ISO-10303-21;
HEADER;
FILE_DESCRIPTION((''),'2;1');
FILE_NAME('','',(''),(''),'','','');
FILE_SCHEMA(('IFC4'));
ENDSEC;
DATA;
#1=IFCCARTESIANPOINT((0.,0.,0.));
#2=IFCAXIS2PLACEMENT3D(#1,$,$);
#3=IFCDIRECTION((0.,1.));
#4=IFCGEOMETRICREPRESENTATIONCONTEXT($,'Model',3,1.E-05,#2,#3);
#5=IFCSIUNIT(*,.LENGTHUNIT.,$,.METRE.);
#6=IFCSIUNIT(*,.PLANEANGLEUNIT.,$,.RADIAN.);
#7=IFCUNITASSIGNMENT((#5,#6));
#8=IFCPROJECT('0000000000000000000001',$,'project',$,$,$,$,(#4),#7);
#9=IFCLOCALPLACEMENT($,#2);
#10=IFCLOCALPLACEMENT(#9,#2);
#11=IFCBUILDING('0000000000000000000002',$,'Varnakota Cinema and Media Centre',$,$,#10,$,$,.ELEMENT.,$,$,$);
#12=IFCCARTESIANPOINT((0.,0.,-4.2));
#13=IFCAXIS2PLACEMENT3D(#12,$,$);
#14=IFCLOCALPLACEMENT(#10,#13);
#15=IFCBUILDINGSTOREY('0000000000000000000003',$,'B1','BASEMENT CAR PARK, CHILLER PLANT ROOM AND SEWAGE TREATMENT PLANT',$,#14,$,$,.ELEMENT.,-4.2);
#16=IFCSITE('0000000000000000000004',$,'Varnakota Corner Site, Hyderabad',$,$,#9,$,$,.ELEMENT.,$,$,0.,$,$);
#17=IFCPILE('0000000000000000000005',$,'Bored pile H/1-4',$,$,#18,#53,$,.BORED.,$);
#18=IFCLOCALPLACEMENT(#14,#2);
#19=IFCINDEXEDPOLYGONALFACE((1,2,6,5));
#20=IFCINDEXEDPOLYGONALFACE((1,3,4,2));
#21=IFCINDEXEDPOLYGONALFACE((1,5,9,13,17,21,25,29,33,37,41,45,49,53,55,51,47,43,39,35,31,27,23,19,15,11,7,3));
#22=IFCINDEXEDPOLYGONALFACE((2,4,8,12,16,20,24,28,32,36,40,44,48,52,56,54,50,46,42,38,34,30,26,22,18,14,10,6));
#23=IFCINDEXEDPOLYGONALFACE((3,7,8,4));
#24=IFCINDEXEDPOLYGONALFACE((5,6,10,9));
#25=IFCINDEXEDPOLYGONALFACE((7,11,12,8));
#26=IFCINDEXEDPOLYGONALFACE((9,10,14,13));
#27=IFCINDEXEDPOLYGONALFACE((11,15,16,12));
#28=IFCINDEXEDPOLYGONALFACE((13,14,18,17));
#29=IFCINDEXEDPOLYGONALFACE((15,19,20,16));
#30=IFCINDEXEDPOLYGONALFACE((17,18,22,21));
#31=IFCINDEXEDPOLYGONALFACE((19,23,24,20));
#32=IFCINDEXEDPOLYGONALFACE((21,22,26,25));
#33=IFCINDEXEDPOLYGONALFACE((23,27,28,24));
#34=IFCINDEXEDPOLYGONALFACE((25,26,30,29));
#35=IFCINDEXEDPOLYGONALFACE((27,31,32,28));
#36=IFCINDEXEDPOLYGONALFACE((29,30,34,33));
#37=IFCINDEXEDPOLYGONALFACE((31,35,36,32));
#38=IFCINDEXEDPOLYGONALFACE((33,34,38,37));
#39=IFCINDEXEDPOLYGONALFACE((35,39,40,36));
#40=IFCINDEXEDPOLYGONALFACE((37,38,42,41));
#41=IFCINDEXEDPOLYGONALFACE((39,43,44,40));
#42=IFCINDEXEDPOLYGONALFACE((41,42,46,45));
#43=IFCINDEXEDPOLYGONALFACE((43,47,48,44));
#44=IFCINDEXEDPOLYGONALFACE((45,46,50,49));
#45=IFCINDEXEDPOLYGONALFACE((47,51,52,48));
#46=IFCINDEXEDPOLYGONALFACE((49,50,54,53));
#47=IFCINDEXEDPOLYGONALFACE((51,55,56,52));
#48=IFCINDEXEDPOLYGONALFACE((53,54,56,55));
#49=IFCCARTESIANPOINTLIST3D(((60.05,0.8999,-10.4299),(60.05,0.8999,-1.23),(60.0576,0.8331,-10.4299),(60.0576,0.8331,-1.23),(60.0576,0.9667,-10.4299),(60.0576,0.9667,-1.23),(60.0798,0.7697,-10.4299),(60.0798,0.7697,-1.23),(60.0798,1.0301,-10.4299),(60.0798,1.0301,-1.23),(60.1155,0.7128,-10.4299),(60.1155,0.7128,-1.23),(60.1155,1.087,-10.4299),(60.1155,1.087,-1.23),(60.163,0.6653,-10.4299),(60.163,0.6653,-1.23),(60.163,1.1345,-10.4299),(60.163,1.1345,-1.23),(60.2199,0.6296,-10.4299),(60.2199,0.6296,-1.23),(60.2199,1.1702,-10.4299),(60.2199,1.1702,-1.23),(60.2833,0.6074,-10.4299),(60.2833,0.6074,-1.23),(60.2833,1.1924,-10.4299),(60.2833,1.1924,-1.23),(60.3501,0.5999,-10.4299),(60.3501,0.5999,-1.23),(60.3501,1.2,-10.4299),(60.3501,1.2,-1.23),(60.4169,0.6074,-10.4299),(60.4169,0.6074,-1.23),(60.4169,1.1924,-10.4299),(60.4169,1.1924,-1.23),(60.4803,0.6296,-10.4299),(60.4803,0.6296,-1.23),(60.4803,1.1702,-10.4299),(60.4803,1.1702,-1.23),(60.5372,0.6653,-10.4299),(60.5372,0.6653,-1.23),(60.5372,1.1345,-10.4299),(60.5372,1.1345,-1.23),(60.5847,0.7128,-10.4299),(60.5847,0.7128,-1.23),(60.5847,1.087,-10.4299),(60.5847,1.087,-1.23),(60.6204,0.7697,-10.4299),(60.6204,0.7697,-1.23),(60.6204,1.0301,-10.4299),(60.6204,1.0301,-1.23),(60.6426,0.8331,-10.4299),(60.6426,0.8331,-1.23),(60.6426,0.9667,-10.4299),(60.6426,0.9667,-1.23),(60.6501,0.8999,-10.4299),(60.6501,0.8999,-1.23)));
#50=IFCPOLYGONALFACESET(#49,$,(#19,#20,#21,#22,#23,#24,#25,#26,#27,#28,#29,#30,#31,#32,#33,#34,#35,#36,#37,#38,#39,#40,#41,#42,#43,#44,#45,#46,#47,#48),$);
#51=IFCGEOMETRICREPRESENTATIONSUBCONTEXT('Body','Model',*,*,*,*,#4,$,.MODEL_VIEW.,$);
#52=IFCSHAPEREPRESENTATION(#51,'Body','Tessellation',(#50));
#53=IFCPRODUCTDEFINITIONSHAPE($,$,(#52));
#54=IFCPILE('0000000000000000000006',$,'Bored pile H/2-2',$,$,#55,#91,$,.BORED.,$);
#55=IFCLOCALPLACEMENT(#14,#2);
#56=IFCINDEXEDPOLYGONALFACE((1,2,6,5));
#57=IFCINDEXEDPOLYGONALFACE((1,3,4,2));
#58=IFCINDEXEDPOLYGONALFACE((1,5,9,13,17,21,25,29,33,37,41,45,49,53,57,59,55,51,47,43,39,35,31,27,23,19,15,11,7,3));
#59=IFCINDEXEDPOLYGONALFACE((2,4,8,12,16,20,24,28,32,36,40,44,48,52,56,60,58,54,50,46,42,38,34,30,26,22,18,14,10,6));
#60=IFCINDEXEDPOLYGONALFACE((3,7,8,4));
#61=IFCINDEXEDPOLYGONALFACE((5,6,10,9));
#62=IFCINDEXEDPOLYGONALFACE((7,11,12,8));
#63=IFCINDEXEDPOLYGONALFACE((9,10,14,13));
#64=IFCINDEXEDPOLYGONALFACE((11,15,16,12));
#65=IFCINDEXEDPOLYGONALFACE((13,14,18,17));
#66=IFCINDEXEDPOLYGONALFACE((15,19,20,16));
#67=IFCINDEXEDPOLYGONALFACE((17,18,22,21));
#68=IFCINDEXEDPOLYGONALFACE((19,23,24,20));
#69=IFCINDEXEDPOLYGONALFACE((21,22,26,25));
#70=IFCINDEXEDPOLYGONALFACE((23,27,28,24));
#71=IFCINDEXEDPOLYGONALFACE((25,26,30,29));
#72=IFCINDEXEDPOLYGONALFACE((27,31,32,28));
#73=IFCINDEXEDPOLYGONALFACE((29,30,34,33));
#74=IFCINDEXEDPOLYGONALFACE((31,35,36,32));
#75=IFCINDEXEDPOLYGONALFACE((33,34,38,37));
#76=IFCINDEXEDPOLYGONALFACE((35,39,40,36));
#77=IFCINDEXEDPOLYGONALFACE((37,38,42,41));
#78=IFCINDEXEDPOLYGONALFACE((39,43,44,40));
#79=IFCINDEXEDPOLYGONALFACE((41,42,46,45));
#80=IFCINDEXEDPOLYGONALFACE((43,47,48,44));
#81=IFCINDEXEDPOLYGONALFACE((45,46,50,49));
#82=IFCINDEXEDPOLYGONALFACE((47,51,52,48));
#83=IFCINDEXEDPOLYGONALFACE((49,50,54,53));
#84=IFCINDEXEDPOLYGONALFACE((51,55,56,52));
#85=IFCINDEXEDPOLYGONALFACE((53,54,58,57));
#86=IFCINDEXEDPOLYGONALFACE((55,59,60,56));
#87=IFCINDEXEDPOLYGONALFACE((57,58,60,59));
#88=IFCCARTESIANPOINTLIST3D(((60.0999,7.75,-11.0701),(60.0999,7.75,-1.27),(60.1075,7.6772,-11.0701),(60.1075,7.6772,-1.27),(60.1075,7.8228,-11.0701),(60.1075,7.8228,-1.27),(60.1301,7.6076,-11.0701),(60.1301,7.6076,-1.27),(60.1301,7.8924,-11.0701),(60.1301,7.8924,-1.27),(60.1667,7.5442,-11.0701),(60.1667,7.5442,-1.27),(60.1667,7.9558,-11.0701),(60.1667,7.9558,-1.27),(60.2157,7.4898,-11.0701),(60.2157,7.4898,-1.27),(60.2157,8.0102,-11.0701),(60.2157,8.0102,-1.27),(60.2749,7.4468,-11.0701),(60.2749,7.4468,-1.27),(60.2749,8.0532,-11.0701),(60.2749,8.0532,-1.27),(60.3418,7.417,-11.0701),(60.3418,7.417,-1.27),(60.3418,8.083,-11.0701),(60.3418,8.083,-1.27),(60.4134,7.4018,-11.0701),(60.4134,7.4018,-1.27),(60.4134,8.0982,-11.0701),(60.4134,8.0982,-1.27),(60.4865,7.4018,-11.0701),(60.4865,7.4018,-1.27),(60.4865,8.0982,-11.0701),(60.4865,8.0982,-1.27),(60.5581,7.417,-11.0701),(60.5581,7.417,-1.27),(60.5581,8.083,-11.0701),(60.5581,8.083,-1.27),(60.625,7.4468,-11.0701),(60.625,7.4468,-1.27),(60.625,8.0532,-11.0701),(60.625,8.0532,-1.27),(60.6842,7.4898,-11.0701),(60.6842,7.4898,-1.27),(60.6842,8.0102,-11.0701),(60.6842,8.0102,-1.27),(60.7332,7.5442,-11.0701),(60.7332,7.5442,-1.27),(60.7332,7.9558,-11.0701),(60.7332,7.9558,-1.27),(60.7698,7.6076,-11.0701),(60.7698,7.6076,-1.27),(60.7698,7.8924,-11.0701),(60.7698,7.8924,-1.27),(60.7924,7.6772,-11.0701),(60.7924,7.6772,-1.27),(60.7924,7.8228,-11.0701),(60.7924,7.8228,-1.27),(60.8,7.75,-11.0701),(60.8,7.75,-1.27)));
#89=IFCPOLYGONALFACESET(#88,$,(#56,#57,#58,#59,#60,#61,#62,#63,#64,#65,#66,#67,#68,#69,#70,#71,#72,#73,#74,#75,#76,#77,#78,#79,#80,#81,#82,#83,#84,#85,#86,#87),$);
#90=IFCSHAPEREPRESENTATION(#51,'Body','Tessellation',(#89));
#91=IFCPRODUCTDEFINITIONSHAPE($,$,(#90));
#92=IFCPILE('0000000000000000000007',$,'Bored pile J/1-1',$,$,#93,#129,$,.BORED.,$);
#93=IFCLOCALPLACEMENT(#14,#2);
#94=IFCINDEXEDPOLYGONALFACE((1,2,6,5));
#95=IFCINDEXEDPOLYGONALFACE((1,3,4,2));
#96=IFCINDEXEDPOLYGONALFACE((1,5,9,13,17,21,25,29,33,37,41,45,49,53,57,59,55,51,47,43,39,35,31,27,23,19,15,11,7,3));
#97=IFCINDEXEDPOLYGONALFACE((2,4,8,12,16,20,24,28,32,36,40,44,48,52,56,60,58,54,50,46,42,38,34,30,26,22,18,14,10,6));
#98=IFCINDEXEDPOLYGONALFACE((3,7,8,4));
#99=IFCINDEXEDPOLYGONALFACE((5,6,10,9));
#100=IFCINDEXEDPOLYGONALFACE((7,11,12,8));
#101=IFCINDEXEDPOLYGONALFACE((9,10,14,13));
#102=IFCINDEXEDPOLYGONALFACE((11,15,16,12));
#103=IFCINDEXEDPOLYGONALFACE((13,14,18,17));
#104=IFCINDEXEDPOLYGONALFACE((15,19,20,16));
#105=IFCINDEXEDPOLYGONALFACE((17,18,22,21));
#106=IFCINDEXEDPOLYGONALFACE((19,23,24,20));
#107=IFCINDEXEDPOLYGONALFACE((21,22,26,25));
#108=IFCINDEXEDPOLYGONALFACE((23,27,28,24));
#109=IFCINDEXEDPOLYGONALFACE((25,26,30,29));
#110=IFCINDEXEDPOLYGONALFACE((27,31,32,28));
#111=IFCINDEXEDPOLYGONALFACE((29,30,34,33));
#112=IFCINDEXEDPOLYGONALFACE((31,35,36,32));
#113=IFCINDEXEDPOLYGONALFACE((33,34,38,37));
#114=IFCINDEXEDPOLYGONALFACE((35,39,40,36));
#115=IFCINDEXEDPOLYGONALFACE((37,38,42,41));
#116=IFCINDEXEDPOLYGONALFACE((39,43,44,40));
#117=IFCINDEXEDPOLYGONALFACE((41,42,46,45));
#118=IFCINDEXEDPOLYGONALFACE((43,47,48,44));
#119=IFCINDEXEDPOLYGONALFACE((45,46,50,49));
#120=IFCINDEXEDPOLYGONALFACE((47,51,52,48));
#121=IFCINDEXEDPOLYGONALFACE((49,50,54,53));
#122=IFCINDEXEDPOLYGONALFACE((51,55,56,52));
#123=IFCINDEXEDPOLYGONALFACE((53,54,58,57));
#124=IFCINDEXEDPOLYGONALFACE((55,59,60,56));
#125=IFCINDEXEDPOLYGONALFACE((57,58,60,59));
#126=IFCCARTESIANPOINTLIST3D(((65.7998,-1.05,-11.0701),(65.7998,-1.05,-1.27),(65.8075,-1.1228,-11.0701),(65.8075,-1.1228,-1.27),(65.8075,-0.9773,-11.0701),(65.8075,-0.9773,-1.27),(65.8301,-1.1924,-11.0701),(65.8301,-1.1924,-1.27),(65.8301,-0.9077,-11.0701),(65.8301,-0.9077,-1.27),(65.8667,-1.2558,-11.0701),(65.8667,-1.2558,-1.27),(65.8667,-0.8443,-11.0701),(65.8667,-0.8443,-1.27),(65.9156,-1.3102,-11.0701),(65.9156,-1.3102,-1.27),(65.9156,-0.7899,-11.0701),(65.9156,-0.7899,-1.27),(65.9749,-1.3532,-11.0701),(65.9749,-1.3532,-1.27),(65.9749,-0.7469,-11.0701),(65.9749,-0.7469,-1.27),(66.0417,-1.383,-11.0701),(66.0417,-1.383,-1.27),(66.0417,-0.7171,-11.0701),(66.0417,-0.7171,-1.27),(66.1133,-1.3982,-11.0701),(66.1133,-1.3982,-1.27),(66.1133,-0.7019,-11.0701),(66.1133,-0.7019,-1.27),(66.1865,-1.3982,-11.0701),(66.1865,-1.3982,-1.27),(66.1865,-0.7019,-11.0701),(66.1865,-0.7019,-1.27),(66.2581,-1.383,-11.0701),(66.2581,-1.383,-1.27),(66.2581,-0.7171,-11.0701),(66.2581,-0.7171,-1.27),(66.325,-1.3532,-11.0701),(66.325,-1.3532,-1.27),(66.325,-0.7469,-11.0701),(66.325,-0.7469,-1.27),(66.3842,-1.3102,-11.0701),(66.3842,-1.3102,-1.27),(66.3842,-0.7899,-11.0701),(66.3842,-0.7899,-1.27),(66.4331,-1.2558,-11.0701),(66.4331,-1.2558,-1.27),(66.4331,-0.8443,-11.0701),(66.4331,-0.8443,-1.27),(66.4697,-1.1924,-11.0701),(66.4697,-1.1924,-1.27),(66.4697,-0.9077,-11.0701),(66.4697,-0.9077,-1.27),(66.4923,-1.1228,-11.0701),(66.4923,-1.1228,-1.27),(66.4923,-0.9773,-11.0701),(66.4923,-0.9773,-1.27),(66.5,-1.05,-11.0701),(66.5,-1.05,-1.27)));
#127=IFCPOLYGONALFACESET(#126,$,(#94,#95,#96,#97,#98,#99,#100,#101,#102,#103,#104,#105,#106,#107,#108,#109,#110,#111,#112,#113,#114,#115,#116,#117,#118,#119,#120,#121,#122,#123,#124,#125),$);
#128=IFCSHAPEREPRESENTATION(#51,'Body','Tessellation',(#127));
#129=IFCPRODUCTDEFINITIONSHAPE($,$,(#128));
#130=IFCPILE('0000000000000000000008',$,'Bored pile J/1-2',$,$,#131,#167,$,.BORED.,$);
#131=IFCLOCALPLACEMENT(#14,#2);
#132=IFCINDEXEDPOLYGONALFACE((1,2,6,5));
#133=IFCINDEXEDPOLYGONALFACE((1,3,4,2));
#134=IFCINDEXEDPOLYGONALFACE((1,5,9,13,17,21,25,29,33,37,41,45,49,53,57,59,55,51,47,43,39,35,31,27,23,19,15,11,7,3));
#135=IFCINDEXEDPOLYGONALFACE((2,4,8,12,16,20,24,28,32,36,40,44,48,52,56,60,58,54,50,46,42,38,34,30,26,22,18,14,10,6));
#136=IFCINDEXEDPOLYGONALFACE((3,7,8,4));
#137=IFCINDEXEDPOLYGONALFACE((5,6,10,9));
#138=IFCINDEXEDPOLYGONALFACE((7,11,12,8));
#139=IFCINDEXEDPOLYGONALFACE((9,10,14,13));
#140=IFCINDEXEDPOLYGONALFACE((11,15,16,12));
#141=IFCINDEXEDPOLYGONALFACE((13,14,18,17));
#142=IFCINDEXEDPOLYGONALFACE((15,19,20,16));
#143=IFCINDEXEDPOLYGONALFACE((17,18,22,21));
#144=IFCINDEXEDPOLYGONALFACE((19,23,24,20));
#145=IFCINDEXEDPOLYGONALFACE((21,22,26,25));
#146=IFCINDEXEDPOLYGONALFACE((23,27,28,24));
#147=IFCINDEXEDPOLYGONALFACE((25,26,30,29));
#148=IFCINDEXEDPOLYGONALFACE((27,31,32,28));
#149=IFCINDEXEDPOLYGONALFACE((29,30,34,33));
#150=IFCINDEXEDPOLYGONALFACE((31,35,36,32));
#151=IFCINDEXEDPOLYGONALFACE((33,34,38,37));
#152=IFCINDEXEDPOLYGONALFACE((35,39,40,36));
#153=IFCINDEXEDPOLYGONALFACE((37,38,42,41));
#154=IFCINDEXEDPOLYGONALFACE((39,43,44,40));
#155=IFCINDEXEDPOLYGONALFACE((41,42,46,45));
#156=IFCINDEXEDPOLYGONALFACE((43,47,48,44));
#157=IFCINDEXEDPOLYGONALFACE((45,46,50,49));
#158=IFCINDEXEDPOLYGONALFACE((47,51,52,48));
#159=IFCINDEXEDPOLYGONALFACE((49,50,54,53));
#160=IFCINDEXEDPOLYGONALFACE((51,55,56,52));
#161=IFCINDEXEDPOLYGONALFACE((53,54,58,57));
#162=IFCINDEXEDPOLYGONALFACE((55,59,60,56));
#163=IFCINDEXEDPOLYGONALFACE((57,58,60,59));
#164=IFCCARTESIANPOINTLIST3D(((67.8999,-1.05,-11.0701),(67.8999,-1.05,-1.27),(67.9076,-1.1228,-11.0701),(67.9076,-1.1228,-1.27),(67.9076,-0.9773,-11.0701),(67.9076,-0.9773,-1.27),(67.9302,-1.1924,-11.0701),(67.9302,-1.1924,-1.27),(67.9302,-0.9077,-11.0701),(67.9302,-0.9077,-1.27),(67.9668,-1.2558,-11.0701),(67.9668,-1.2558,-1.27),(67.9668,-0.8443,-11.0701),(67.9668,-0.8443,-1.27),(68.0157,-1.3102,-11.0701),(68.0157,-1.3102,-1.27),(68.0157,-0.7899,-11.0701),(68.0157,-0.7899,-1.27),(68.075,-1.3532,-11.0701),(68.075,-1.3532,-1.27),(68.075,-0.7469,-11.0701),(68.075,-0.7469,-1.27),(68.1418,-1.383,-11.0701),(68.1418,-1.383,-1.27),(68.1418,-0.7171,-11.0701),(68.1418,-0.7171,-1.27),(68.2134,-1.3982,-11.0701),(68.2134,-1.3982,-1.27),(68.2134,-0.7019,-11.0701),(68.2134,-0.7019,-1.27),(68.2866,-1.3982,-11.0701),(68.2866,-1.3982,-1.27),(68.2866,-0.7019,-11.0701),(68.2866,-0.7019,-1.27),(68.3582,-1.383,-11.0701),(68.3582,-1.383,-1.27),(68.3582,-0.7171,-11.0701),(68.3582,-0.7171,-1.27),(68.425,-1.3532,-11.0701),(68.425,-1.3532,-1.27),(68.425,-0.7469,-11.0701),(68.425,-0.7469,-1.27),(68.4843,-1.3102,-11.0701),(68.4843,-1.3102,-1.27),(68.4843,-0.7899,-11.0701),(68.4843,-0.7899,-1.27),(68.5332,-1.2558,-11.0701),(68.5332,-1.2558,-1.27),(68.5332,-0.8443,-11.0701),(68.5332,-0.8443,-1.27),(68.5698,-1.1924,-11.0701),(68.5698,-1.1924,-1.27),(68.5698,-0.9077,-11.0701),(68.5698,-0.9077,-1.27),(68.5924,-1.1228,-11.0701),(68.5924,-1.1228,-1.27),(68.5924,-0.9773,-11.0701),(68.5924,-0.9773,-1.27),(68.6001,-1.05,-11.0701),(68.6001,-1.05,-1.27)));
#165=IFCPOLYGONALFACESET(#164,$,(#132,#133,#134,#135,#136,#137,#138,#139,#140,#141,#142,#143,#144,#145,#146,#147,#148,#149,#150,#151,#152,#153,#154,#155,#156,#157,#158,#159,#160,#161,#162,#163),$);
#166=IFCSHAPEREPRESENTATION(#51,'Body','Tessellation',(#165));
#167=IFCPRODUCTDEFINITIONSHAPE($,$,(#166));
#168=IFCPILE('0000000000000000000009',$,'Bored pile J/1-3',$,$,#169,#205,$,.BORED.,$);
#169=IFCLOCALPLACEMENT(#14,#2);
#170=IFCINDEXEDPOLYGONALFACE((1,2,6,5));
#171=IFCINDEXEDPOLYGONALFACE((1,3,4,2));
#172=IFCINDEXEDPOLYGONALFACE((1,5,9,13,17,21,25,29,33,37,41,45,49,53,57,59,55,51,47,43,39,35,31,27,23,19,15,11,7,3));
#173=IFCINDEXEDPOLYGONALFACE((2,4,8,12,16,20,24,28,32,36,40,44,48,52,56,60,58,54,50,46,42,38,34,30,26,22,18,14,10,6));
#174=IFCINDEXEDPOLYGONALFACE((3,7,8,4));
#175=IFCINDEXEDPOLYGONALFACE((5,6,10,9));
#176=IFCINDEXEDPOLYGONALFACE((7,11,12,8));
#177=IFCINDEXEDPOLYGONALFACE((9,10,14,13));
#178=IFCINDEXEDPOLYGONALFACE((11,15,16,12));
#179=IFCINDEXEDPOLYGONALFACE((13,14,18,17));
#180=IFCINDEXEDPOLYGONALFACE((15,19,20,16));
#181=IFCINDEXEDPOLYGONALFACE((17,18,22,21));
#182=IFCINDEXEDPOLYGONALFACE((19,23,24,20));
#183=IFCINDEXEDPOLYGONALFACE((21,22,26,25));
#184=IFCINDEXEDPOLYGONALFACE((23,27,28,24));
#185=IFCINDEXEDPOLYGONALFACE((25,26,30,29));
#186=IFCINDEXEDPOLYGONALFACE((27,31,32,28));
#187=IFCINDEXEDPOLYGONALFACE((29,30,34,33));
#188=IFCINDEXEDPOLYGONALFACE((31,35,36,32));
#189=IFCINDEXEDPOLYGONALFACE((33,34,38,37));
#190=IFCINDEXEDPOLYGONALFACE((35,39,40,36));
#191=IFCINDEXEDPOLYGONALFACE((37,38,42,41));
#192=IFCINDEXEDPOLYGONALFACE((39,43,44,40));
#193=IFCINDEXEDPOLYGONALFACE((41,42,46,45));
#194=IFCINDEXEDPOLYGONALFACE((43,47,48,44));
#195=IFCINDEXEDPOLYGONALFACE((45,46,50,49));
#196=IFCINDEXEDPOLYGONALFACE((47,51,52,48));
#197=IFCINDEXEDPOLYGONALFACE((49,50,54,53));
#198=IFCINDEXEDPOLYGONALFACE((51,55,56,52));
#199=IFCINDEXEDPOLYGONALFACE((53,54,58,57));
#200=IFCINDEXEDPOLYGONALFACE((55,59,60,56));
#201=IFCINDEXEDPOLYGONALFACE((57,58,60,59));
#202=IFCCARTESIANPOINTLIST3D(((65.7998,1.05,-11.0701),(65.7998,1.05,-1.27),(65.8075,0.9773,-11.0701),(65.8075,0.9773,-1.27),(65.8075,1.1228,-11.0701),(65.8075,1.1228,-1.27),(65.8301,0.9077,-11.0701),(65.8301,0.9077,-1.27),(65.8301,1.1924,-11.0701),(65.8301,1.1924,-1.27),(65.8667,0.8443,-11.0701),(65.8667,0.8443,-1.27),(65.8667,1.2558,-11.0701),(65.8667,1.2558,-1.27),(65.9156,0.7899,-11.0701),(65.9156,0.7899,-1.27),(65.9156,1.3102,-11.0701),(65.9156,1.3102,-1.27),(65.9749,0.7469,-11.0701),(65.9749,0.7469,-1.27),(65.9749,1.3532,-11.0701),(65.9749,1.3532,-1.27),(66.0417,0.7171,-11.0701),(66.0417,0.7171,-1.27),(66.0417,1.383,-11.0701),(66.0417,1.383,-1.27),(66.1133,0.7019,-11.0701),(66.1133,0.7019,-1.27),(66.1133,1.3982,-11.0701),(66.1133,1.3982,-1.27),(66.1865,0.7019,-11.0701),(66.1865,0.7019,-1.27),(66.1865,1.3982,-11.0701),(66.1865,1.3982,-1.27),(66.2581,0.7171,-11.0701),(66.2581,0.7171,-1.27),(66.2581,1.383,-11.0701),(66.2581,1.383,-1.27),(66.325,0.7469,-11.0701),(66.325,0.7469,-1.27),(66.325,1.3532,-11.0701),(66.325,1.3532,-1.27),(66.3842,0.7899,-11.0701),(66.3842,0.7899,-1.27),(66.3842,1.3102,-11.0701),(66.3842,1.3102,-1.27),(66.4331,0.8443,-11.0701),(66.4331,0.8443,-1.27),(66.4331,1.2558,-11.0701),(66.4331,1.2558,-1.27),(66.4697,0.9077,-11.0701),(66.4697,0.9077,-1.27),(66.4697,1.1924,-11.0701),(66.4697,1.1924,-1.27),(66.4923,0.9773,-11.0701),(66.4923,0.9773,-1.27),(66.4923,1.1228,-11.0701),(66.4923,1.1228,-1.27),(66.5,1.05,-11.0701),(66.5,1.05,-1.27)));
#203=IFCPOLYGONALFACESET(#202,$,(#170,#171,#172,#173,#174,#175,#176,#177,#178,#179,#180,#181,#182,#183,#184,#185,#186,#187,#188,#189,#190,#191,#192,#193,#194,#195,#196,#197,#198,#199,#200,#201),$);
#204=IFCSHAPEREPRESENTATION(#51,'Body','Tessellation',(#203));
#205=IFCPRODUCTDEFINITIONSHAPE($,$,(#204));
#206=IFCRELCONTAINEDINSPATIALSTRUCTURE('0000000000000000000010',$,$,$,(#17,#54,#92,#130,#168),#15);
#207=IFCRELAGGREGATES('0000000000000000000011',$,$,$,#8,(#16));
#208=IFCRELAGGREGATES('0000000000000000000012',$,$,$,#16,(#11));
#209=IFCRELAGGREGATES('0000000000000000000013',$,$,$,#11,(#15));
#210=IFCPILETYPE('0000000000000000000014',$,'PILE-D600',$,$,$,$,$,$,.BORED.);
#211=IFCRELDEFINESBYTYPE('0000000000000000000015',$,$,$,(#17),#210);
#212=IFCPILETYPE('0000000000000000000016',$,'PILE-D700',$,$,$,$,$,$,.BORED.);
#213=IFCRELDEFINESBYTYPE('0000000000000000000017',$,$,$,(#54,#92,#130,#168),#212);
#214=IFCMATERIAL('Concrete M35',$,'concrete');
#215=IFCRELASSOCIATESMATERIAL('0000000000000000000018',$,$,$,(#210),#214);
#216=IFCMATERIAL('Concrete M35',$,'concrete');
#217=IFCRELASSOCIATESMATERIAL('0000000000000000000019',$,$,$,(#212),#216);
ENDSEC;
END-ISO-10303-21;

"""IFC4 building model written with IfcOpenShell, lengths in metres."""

from ifc_helpers import new_model, si_unit, direction, frame, origin, origin_2d, place, context, subcontext, project, spatial, circle, extrude, material, material_profile, profile_set, type_object, element, save


model = new_model("IFC4")

# Units and contexts
model_context = context("Model", 3, precision=1e-05, world=origin(), true_north=direction((0.0, 1.0)))
body_context = subcontext(model_context, "Body", "Model", "MODEL_VIEW")
ifc_project = project(units=[si_unit("LENGTHUNIT", "METRE"), si_unit("PLANEANGLEUNIT", "RADIAN")], contexts=[model_context])

# Site, building, storey
site_placement = place(None, origin())
site = spatial("IfcSite", under=ifc_project, at=site_placement, Name="Varnakota Corner Site, Hyderabad", CompositionType="ELEMENT", RefElevation=0.0)
building_placement = place(site_placement, origin())
building = spatial("IfcBuilding", under=site, at=building_placement, Name="Varnakota Cinema and Media Centre", CompositionType="ELEMENT")
storey_placement = place(building_placement, frame((0.0, 0.0, -4.2)))
storey = spatial("IfcBuildingStorey", under=building, at=storey_placement, Name="B1", Description="BASEMENT CAR PARK, CHILLER PLANT ROOM AND SEWAGE TREATMENT PLANT", CompositionType="ELEMENT", Elevation=-4.2)

# Piles
ifc_material_1 = material(Name="Concrete M35", Category="concrete")
ifc_material_profile_1 = material_profile(ifc_material_1, circle(Radius=0.3, at=origin_2d()), Name="PILE D600")
ifc_profile_set_1 = profile_set([ifc_material_profile_1], Name="Concrete M35")
pile_type_1 = type_object("IfcPileType", Name="PILE-D600", PredefinedType="BORED", material=ifc_profile_set_1)
for number, where, z_axis, x_axis, name in (
    (1, (60.3501, 0.8999, -1.23), (0.0, 0.0, -1.0), (1.0, 0.0, 0.0), "Bored pile H/1-4"),
):
    element("IfcPile", number, at=place(storey_placement, frame(where, z_axis=z_axis, x_axis=x_axis)), inside=storey, type_object=pile_type_1, Name=name, PredefinedType="BORED", context=body_context, shape_type="SweptSolid", body=[
        extrude(circle(Radius=0.3, at=origin_2d()), origin(), (0.0, 0.0, 1.0), 9.2),
    ])
ifc_material_2 = material(Name="Concrete M35", Category="concrete")
ifc_material_profile_2 = material_profile(ifc_material_2, circle(Radius=0.3501, at=origin_2d()), Name="PILE D700")
ifc_profile_set_2 = profile_set([ifc_material_profile_2], Name="Concrete M35")
pile_type_2 = type_object("IfcPileType", Name="PILE-D700", PredefinedType="BORED", material=ifc_profile_set_2)
for number, where, z_axis, x_axis, name in (
    (2, (60.45, 7.75, -1.27), (0.0, 0.0, -1.0), (1.0, 0.0, 0.0), "Bored pile H/2-2"),
    (3, (66.1499, -1.05, -1.27), (0.0, 0.0, -1.0), (1.0, 0.0, 0.0), "Bored pile J/1-1"),
    (4, (68.25, -1.05, -1.27), (0.0, 0.0, -1.0), (1.0, 0.0, 0.0), "Bored pile J/1-2"),
    (5, (66.1499, 1.05, -1.27), (0.0, 0.0, -1.0), (1.0, 0.0, 0.0), "Bored pile J/1-3"),
):
    element("IfcPile", number, at=place(storey_placement, frame(where, z_axis=z_axis, x_axis=x_axis)), inside=storey, type_object=pile_type_2, Name=name, PredefinedType="BORED", context=body_context, shape_type="SweptSolid", body=[
        extrude(circle(Radius=0.3501, at=origin_2d()), origin(), (0.0, 0.0, 1.0), 9.8),
    ])

save(model, "model.ifc")
